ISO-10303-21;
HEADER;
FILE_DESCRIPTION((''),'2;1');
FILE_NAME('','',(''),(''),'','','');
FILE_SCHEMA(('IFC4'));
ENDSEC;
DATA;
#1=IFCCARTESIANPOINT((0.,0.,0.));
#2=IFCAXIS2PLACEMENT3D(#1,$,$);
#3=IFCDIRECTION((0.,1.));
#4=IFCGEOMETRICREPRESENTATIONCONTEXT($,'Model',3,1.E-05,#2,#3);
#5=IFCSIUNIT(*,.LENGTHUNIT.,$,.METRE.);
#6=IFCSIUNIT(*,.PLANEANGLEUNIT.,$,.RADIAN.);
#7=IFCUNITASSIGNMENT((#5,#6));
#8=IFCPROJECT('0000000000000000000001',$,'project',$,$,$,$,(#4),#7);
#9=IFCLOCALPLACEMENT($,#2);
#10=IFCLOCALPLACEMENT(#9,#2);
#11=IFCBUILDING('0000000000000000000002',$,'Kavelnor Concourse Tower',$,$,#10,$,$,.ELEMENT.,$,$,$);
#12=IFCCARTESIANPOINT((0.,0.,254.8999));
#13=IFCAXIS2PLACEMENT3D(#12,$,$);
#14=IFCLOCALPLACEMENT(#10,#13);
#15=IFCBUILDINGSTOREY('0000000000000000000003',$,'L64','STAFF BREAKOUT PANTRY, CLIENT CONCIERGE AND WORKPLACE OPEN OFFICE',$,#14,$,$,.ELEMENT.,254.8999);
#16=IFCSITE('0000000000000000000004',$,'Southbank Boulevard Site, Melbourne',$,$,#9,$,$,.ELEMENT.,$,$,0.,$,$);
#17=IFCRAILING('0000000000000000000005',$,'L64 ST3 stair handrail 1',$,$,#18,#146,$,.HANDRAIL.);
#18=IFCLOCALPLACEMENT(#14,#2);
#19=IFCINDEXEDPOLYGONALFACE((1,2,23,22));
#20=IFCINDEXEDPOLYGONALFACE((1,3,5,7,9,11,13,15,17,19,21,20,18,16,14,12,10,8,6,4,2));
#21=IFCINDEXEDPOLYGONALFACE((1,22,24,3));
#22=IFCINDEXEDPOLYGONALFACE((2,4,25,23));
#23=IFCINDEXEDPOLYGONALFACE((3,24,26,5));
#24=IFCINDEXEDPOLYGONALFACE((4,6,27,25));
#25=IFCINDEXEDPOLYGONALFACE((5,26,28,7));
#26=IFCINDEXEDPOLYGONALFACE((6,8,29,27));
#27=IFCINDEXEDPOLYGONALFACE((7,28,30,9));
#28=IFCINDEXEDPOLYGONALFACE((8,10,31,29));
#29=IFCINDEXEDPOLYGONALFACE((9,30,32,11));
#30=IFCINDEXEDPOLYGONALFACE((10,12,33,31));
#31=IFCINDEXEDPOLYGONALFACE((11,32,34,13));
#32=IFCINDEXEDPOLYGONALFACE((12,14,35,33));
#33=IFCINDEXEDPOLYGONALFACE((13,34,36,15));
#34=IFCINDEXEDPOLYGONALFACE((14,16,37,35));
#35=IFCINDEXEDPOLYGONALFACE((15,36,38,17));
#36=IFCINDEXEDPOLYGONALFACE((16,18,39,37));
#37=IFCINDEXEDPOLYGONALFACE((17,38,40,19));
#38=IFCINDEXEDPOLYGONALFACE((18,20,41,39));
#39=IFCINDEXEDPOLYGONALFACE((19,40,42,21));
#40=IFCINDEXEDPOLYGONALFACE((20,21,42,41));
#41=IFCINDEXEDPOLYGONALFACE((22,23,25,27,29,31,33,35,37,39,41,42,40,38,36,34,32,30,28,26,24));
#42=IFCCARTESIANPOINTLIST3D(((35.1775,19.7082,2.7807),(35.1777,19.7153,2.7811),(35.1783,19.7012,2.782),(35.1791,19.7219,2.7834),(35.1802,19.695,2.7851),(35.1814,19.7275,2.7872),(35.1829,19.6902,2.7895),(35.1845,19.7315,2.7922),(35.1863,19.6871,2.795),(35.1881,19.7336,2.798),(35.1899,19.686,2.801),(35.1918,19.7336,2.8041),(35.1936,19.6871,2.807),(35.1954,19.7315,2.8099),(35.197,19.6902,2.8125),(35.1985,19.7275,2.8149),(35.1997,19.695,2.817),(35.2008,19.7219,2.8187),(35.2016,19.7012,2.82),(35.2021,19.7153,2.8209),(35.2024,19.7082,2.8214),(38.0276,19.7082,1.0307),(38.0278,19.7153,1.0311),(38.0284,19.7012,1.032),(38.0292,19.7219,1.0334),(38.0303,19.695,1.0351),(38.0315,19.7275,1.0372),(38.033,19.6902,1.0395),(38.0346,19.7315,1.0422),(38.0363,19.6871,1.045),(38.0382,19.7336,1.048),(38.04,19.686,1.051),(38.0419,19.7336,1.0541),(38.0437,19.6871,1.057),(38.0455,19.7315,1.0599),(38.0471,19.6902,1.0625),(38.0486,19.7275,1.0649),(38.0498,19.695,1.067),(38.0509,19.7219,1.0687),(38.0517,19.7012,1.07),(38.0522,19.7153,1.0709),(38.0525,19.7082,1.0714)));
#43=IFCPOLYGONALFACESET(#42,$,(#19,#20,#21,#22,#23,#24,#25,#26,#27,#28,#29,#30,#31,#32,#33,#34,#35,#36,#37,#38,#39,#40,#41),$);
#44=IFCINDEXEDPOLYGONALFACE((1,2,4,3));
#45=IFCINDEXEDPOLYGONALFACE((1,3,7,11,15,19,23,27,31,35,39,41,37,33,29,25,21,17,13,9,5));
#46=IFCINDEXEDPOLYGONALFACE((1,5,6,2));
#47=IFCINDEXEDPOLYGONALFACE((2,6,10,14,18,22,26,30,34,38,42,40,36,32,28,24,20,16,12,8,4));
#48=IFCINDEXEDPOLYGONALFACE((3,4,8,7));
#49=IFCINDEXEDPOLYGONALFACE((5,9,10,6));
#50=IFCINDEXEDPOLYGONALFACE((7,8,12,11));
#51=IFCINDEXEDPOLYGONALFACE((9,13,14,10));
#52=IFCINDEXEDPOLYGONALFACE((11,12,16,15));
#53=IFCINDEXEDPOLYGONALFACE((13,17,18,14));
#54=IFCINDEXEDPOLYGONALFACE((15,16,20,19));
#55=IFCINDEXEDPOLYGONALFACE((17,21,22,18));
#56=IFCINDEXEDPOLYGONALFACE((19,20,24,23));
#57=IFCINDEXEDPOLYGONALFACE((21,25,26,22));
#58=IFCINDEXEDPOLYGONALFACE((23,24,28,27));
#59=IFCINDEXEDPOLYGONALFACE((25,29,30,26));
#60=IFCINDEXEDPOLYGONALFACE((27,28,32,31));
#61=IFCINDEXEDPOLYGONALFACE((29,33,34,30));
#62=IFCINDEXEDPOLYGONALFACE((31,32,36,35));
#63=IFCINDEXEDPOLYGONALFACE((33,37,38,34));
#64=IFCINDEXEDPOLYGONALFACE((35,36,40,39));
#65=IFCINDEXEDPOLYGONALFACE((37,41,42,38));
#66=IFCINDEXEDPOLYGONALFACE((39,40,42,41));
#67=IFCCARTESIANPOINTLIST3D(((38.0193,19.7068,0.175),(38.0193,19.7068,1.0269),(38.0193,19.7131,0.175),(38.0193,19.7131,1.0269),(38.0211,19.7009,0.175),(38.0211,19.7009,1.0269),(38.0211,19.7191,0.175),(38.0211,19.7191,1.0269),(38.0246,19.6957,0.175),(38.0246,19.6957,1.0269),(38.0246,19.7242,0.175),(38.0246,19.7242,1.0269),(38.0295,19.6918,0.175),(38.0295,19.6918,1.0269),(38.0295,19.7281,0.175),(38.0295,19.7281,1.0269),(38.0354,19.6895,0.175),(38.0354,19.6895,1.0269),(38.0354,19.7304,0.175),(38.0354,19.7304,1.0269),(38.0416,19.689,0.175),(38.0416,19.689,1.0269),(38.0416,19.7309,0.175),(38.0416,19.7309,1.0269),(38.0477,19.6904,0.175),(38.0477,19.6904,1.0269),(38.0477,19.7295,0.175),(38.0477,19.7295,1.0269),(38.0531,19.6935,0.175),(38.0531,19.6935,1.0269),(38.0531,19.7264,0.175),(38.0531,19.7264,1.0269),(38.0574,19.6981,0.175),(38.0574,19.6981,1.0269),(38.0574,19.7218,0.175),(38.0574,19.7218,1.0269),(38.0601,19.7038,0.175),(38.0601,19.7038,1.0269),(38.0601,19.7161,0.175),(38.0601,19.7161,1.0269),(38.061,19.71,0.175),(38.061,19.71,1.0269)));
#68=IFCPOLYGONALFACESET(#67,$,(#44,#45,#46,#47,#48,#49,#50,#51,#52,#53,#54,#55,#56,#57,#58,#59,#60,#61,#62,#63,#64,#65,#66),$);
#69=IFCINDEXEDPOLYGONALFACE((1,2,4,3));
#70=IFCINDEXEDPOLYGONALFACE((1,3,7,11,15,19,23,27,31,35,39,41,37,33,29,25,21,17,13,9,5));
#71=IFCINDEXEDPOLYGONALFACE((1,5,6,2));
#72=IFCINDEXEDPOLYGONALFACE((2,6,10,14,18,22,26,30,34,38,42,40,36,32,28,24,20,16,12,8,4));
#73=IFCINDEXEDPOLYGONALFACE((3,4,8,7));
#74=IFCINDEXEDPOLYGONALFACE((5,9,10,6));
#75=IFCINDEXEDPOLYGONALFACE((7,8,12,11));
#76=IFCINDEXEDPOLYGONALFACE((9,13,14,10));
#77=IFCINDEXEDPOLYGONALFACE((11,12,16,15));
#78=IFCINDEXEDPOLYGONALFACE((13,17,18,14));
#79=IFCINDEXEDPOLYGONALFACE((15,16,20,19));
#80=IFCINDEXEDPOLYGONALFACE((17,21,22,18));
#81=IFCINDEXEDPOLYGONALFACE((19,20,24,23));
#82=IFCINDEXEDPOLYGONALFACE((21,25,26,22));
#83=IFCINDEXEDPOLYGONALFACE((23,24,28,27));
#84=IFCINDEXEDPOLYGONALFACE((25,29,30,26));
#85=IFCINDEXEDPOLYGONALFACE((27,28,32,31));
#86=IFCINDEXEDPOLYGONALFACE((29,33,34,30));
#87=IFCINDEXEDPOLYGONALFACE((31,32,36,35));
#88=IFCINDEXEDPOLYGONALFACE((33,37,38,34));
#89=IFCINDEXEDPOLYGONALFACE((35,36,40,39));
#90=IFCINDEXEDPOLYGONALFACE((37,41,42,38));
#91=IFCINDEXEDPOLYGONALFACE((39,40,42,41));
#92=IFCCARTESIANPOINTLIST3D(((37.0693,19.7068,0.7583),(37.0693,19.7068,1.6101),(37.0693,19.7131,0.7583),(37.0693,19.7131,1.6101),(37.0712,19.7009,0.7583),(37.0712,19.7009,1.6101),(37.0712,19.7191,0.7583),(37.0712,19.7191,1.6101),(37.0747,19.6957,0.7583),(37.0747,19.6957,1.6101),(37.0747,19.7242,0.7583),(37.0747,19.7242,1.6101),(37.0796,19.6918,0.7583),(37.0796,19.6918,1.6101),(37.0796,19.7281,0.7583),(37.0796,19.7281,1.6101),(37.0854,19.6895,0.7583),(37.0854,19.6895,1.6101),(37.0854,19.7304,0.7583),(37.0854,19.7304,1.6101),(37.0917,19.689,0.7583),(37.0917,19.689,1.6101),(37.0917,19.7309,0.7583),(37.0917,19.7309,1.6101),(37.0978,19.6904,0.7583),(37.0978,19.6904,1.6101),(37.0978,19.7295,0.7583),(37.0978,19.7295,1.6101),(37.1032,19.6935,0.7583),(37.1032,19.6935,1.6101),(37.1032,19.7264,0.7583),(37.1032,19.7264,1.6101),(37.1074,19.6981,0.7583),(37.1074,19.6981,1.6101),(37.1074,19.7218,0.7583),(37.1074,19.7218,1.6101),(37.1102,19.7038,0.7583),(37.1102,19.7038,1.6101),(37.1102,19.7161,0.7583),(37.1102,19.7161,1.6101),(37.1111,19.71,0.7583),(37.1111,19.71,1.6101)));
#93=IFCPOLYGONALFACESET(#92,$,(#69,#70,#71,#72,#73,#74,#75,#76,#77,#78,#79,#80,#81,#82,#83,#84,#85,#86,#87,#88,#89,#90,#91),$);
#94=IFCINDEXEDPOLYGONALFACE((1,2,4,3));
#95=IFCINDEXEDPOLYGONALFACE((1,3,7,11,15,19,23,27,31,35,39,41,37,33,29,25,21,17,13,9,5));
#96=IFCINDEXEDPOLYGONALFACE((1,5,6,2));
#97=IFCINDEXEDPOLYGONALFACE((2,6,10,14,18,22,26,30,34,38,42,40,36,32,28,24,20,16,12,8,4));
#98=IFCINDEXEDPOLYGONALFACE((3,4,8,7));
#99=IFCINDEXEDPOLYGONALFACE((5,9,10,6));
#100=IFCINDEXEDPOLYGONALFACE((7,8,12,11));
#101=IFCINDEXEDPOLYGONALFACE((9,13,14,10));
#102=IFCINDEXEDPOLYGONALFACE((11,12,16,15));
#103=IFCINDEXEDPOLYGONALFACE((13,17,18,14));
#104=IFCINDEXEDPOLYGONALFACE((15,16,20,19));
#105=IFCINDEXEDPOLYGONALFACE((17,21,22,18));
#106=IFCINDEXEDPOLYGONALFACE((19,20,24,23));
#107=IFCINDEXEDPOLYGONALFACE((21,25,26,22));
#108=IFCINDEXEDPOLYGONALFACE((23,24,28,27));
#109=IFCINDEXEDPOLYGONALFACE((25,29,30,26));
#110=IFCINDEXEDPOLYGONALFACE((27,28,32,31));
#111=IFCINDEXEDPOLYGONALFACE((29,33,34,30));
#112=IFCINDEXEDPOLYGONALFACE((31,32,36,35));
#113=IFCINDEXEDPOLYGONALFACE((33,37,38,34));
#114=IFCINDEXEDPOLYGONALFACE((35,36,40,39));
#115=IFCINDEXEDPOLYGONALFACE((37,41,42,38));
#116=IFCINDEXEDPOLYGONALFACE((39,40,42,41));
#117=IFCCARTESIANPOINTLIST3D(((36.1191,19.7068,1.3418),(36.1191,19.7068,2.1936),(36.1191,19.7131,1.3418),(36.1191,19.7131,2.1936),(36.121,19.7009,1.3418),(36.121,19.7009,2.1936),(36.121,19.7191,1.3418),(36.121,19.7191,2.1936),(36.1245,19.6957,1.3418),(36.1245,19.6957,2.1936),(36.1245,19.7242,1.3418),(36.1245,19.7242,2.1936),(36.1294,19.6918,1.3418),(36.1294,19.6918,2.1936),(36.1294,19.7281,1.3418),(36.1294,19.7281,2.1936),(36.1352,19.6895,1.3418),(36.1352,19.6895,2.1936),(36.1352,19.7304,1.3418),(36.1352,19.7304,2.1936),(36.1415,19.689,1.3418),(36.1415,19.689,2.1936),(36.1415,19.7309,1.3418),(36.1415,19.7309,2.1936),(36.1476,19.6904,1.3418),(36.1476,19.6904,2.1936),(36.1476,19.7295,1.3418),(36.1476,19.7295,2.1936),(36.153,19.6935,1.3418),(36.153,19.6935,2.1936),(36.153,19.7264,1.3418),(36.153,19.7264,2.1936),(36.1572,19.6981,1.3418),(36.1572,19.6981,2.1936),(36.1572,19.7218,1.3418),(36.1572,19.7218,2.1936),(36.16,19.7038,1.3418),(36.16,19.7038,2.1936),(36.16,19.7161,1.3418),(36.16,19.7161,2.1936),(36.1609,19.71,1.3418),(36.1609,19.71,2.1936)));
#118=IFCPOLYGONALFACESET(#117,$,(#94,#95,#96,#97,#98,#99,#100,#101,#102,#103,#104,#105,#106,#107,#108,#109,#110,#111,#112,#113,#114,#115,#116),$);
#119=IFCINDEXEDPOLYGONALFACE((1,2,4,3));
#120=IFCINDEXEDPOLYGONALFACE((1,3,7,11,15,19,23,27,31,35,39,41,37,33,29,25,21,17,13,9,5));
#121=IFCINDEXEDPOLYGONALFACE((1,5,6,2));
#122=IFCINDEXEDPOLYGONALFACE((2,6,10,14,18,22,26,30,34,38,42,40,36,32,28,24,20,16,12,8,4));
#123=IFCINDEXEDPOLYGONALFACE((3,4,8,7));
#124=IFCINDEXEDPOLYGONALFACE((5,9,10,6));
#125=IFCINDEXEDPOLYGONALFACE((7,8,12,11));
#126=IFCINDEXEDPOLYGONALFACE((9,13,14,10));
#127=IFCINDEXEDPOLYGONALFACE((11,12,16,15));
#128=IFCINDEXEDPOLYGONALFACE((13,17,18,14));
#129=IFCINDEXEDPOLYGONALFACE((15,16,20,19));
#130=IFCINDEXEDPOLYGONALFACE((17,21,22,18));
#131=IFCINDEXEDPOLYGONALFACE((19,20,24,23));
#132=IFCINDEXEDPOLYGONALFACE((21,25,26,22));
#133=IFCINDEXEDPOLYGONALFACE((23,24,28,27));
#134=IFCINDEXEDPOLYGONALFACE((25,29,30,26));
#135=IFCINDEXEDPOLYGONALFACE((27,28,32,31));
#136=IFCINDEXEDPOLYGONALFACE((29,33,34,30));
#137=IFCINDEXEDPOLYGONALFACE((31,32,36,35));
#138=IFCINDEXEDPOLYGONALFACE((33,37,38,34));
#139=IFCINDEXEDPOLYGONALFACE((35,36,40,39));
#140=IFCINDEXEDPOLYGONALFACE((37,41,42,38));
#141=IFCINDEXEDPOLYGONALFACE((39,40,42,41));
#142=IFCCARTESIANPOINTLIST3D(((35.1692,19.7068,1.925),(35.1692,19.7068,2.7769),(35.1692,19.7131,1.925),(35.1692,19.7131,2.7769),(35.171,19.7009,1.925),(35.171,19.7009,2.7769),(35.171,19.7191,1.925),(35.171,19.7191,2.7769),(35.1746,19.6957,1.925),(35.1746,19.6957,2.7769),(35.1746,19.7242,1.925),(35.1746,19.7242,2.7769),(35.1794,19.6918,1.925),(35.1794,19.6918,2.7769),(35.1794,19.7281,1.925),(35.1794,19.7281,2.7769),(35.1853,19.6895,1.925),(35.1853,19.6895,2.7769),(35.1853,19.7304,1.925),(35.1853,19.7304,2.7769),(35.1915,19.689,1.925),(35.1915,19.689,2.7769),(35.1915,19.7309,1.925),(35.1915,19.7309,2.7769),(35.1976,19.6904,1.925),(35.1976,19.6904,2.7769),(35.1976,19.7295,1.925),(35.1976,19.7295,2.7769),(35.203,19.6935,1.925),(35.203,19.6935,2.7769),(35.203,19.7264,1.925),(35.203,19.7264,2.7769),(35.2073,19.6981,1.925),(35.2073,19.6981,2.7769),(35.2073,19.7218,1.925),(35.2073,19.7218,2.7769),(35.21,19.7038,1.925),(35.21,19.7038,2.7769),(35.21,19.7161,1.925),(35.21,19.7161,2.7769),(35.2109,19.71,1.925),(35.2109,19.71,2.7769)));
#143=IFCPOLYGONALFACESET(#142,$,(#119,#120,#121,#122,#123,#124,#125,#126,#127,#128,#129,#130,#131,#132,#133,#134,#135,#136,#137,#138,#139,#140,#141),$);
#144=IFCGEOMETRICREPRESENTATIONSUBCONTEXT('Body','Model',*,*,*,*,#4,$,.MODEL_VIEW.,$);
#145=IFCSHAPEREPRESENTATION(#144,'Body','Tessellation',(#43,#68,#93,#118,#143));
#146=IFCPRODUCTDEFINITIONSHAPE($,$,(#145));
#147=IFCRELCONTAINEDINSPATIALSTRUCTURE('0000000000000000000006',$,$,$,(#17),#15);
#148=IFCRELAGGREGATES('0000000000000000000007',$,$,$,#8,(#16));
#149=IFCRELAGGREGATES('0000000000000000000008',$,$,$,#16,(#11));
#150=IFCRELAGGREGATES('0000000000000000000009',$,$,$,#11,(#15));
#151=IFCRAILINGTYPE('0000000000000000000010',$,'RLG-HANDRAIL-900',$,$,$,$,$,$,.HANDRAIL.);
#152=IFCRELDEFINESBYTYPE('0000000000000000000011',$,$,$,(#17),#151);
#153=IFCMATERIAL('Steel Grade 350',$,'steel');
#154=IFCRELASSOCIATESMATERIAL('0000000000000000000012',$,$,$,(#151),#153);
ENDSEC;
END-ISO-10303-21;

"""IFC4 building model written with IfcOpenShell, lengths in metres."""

from ifc_helpers import new_model, si_unit, direction, frame, origin, origin_2d, place, context, subcontext, project, spatial, circle, extrude, material, type_object, element, save


model = new_model("IFC4")

# Units and contexts
model_context = context("Model", 3, precision=1e-05, world=origin(), true_north=direction((0.0, 1.0)))
body_context = subcontext(model_context, "Body", "Model", "MODEL_VIEW")
ifc_project = project(units=[si_unit("LENGTHUNIT", "METRE"), si_unit("PLANEANGLEUNIT", "RADIAN")], contexts=[model_context])

# Site, building, storey
site_placement = place(None, origin())
site = spatial("IfcSite", under=ifc_project, at=site_placement, Name="Southbank Boulevard Site, Melbourne", CompositionType="ELEMENT", RefElevation=0.0)
building_placement = place(site_placement, origin())
building = spatial("IfcBuilding", under=site, at=building_placement, Name="Kavelnor Concourse Tower", CompositionType="ELEMENT")
storey_placement = place(building_placement, frame((0.0, 0.0, 254.8999)))
storey = spatial("IfcBuildingStorey", under=building, at=storey_placement, Name="L64", Description="STAFF BREAKOUT PANTRY, CLIENT CONCIERGE AND WORKPLACE OPEN OFFICE", CompositionType="ELEMENT", Elevation=254.8999)

# Shared definitions
ifc_material_1 = material(Name="Steel Grade 350", Category="steel")

# Railing
railing_type_1 = type_object("IfcRailingType", Name="RLG-HANDRAIL-900", PredefinedType="HANDRAIL", material=ifc_material_1)
railing_1_placement = place(storey_placement, frame((38.04, 19.71, 0.175)))
element("IfcRailing", 1, at=railing_1_placement, inside=storey, type_object=railing_type_1, Name="L64 ST3 stair handrail 1", PredefinedType="HANDRAIL", context=body_context, shape_type="SweptSolid", body=[
    extrude(circle(Radius=0.0239, at=origin_2d()), frame((0.0, 0.0, 0.876), z_axis=(-0.852179, 0.0, 0.52325), x_axis=(0.0, -1.0, 0.0)), (0.0, 0.0, 1.0), 3.3445),
    extrude(circle(Radius=0.021, at=origin_2d()), origin(), (0.0, 0.0, 1.0), 0.8518),
    extrude(circle(Radius=0.021, at=origin_2d()), frame((-0.95, 0.0, 0.5833)), (0.0, 0.0, 1.0), 0.8518),
    extrude(circle(Radius=0.021, at=origin_2d()), frame((-1.9001, 0.0, 1.1667)), (0.0, 0.0, 1.0), 0.8518),
    extrude(circle(Radius=0.021, at=origin_2d()), frame((-2.8501, 0.0, 1.75)), (0.0, 0.0, 1.0), 0.8518),
])

save(model, "model.ifc")
